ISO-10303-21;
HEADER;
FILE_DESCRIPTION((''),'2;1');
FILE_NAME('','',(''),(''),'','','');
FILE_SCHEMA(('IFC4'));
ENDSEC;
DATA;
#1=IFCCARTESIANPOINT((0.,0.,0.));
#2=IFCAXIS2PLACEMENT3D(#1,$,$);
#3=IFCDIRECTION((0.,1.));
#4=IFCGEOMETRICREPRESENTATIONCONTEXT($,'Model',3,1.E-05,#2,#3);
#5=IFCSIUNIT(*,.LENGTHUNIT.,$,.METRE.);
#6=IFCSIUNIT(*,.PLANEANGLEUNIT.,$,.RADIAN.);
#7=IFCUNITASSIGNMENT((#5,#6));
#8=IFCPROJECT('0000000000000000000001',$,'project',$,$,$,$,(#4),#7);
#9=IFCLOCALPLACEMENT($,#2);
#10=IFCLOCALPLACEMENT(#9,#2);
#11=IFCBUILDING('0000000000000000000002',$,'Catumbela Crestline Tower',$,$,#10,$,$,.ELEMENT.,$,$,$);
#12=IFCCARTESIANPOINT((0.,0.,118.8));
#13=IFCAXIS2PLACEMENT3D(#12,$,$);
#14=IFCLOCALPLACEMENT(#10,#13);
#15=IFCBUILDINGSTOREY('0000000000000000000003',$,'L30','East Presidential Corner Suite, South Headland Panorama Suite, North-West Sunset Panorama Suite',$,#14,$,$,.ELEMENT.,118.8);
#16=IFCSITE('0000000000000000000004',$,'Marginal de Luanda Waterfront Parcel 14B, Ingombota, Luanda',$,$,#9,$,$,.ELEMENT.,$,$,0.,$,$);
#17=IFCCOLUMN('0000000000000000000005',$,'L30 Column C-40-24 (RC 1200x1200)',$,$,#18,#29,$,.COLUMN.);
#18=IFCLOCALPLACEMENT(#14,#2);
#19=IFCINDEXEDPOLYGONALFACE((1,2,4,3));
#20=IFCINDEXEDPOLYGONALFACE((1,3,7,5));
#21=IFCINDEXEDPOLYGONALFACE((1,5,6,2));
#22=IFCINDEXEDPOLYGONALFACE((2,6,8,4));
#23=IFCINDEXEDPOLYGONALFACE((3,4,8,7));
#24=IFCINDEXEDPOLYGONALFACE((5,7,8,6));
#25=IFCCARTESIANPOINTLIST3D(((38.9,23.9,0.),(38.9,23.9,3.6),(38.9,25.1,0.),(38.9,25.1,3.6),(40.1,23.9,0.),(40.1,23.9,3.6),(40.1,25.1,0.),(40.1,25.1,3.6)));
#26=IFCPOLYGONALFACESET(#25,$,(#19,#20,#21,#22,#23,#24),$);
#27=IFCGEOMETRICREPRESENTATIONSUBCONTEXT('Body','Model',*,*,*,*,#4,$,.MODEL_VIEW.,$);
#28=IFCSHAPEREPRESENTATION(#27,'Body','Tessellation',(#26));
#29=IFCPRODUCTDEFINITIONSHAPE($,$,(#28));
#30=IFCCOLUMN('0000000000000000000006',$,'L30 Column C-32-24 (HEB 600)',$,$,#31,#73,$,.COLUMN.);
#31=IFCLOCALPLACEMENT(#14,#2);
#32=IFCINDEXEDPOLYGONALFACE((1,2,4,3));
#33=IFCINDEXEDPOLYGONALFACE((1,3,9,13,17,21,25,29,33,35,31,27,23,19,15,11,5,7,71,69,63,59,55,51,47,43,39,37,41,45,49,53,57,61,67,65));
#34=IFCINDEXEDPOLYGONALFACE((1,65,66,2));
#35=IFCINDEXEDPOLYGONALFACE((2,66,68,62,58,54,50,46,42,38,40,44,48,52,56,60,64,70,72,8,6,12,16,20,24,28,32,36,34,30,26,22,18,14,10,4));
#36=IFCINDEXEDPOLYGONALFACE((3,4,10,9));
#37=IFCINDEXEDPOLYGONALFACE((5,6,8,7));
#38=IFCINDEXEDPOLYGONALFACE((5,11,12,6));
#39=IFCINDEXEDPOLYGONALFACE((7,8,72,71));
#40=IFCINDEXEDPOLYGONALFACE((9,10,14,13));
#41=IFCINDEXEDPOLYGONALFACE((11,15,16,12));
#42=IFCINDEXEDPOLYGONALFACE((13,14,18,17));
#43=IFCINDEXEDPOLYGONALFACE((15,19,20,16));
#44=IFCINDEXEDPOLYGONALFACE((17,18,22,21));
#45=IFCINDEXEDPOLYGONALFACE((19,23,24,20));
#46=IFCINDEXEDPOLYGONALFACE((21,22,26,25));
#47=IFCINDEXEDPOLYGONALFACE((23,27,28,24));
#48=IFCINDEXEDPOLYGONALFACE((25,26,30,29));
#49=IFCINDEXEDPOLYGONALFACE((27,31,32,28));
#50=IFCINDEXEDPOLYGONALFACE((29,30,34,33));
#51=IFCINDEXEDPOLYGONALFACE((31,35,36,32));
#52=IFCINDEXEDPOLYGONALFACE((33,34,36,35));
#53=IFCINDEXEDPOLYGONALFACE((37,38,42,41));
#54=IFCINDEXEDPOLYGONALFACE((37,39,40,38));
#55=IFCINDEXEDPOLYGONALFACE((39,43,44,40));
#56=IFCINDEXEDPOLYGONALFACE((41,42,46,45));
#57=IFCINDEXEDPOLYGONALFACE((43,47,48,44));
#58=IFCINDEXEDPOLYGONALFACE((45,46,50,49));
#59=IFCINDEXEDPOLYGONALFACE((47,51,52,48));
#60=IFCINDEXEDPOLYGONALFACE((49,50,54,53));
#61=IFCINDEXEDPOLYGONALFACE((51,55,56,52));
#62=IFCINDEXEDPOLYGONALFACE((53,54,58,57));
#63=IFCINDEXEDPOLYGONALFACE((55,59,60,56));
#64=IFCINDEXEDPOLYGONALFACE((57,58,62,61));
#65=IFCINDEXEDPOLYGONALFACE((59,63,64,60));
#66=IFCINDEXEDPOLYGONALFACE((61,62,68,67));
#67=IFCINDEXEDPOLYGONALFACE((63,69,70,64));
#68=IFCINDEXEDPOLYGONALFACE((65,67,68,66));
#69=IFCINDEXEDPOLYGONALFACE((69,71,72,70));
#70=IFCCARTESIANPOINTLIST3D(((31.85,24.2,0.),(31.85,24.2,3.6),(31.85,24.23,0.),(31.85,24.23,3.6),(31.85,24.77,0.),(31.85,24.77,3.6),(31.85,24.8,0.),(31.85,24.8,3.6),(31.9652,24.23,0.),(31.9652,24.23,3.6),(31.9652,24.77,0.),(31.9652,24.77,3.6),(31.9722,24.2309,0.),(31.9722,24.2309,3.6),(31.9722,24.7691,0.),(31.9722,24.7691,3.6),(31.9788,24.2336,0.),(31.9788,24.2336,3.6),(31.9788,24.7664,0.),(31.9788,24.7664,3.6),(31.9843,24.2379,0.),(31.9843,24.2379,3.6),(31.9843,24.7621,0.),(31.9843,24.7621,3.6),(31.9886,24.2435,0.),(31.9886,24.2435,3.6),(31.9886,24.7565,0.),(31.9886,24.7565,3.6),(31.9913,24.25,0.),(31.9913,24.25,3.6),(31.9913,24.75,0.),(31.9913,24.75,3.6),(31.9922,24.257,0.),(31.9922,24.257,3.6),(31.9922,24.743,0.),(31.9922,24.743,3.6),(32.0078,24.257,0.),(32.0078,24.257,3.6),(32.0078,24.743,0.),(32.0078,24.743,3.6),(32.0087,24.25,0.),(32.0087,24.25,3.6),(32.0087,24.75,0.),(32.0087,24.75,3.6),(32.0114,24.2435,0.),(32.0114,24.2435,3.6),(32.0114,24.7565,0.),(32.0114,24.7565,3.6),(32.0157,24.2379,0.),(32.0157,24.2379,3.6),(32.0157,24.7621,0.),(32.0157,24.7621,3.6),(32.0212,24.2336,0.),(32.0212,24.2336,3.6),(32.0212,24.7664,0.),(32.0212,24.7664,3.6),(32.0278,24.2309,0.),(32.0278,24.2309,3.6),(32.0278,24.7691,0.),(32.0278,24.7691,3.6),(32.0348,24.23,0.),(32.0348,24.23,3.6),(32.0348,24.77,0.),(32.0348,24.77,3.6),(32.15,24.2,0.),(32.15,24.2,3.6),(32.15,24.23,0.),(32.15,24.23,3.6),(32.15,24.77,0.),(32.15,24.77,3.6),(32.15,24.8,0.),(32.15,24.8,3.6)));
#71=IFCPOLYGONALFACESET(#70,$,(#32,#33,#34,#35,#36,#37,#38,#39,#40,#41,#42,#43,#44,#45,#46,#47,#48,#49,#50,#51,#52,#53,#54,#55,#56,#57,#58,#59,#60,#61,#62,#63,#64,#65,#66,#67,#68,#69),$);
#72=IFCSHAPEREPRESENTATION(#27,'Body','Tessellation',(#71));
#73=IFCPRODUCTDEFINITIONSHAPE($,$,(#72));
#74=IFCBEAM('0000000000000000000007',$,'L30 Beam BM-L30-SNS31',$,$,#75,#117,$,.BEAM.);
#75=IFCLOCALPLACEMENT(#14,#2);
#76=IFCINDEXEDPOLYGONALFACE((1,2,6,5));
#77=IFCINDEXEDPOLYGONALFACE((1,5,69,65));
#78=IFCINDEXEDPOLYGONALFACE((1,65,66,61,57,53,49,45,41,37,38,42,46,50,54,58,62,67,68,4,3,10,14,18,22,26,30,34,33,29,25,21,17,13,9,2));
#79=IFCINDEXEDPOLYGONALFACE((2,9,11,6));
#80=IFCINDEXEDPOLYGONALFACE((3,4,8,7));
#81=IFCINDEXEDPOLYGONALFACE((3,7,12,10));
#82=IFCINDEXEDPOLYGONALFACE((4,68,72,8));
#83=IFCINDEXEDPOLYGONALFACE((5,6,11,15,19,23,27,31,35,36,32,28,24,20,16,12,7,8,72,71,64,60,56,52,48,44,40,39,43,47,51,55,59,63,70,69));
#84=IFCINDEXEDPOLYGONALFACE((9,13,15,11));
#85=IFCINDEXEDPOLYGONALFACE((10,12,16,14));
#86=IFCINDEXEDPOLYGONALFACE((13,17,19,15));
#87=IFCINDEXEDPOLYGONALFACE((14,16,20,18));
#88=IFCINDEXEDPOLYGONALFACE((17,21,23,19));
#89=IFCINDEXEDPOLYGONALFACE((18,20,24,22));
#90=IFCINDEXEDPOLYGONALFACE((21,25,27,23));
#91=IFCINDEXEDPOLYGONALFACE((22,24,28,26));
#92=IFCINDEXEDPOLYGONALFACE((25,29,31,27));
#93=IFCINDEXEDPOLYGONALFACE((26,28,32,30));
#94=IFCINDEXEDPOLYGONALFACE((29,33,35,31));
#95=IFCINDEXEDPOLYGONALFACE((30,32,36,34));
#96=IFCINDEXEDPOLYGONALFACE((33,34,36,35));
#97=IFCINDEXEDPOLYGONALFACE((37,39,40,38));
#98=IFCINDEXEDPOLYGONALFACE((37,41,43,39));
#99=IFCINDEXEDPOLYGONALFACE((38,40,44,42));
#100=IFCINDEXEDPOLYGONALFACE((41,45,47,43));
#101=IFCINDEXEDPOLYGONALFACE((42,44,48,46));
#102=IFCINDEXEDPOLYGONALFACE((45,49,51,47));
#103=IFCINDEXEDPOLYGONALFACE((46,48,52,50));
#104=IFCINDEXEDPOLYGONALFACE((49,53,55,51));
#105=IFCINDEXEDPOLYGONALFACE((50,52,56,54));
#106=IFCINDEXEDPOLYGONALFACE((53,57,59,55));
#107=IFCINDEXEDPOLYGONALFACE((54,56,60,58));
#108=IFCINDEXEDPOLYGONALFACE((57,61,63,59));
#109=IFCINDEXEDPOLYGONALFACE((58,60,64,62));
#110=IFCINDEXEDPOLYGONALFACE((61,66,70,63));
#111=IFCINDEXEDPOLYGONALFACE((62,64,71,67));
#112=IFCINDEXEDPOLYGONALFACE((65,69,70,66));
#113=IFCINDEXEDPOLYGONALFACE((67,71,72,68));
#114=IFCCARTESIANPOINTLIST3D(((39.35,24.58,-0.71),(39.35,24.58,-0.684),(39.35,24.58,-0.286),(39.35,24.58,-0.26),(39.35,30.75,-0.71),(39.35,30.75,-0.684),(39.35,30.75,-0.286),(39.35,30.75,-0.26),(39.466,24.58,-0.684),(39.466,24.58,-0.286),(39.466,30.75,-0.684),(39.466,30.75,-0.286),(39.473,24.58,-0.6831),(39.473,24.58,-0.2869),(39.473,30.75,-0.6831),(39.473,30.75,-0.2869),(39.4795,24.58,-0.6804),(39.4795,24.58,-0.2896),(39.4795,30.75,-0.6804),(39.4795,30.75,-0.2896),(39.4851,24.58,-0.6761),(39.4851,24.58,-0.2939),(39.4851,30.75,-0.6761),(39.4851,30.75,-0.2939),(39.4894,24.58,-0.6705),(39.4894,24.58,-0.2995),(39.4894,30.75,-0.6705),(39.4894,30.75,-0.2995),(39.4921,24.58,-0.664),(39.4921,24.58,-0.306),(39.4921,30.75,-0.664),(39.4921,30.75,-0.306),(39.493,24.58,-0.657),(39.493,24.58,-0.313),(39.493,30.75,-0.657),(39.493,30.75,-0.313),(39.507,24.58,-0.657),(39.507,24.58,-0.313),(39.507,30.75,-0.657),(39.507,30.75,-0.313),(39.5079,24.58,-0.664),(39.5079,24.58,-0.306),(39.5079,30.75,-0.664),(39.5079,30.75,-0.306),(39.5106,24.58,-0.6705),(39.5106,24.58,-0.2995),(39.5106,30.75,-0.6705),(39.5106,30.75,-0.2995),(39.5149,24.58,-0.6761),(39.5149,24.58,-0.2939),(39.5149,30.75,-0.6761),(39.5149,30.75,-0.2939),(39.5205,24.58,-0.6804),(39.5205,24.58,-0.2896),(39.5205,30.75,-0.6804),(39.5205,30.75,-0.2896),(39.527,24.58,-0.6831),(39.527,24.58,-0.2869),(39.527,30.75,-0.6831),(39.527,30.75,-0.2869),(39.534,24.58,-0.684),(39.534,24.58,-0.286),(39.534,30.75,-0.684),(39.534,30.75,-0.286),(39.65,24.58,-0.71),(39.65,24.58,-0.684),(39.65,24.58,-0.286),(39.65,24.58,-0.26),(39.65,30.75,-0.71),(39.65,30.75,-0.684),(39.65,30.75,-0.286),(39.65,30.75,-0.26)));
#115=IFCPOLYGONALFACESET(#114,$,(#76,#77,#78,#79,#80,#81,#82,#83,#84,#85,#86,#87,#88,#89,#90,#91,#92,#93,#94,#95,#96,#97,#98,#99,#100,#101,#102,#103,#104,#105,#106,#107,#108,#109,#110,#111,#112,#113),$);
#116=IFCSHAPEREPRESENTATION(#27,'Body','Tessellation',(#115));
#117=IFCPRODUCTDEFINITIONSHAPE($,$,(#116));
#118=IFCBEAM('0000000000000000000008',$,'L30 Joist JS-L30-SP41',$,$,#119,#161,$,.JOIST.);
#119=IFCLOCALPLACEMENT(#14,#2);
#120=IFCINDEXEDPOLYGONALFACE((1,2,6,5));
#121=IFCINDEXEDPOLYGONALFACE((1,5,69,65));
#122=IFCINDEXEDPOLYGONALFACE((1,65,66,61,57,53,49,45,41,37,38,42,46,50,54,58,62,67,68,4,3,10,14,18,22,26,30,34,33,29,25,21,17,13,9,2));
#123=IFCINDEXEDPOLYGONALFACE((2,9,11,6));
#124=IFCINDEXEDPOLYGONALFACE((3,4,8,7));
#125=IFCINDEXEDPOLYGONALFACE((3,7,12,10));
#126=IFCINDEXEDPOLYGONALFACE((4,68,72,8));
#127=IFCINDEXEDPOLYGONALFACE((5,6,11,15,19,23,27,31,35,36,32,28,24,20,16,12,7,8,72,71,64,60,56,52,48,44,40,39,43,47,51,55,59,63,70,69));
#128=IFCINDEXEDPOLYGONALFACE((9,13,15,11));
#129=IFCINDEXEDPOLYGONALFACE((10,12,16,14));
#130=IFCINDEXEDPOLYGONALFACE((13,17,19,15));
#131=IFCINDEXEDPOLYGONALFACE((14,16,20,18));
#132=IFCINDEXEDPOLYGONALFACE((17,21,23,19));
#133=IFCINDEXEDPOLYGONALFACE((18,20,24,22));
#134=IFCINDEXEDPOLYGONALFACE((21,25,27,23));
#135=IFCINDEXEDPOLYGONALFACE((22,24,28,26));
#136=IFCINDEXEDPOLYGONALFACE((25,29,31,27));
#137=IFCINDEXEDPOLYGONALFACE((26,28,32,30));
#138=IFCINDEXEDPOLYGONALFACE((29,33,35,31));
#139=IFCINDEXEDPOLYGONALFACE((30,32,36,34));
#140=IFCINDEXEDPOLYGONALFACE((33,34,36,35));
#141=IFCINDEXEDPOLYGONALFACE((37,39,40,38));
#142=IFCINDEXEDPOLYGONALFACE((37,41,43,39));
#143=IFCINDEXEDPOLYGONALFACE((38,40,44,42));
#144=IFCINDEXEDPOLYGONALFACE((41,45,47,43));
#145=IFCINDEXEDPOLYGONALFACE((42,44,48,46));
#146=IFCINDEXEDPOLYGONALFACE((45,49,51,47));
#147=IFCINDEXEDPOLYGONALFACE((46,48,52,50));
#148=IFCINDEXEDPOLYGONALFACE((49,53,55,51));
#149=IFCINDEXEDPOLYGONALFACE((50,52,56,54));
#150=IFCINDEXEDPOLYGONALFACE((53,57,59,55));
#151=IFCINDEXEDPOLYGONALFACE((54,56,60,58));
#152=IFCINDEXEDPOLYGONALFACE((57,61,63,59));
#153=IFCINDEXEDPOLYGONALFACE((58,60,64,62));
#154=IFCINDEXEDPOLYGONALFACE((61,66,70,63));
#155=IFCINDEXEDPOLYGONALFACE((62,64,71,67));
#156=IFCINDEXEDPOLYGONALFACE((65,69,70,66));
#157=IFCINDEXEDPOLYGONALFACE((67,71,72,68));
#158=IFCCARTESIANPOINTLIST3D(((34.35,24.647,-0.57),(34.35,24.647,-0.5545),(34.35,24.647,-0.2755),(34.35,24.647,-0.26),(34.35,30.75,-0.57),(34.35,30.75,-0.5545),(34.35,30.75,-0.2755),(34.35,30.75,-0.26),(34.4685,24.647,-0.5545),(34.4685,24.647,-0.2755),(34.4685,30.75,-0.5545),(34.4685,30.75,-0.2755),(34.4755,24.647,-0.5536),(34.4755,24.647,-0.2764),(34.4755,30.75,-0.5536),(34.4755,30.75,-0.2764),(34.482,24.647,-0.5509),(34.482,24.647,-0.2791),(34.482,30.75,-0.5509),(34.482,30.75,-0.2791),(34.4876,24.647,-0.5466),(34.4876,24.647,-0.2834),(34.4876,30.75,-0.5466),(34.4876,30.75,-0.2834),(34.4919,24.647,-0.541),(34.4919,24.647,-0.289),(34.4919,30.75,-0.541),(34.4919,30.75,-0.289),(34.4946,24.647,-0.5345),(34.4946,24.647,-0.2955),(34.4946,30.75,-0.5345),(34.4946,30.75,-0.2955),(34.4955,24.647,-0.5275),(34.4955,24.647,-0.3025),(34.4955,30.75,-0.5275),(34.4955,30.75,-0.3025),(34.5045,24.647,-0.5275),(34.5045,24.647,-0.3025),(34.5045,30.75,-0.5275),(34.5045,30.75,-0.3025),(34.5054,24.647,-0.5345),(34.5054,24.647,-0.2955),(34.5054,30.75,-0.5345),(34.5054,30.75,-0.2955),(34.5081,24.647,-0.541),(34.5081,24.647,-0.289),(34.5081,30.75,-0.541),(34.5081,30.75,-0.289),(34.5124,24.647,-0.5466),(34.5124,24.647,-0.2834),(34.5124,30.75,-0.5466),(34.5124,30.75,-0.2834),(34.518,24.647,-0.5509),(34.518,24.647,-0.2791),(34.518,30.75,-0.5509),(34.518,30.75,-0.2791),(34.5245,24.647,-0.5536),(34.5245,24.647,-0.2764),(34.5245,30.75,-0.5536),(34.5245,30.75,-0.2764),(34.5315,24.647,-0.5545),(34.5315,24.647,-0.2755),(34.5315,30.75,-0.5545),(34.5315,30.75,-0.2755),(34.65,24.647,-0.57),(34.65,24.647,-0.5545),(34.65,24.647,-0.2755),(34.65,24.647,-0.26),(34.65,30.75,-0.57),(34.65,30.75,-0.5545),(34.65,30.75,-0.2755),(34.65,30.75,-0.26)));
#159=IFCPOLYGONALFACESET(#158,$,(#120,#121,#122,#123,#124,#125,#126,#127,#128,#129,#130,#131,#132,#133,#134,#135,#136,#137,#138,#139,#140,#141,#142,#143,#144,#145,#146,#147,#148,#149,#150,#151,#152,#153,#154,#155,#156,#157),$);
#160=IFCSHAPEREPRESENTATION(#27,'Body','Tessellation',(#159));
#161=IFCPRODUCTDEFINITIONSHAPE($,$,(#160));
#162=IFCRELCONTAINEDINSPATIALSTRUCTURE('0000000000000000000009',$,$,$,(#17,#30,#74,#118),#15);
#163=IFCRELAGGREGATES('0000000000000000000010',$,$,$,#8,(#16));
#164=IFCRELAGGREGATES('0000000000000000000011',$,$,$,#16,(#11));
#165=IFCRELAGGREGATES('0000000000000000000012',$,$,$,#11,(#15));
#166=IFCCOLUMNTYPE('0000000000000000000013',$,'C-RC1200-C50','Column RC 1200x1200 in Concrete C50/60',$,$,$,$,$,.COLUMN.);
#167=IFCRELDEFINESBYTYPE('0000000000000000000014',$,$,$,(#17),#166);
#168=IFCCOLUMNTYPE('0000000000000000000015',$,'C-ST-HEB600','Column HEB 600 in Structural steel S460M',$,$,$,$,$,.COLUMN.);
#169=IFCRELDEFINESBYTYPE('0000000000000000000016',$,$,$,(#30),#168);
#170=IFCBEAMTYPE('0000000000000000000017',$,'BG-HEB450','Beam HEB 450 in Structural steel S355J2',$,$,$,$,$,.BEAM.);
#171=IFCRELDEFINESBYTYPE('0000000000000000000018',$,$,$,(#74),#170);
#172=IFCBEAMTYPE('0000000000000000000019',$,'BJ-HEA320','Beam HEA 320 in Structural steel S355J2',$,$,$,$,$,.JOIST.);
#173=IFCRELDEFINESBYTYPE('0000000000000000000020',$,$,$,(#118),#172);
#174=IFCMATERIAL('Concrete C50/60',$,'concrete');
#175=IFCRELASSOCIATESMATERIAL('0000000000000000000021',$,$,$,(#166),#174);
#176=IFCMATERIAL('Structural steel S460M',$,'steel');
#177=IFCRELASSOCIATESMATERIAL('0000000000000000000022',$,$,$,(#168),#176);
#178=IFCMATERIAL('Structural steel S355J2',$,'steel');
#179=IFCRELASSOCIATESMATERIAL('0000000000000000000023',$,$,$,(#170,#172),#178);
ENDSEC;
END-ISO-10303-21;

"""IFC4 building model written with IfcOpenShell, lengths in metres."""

from ifc_helpers import new_model, si_unit, direction, frame, origin, origin_2d, place, context, subcontext, project, spatial, rectangle, i_section, extrude, material, material_profile, profile_set, type_object, element, save


model = new_model("IFC4")

# Units and contexts
model_context = context("Model", 3, precision=1e-05, world=origin(), true_north=direction((0.0, 1.0)))
body_context = subcontext(model_context, "Body", "Model", "MODEL_VIEW")
ifc_project = project(units=[si_unit("LENGTHUNIT", "METRE"), si_unit("PLANEANGLEUNIT", "RADIAN")], contexts=[model_context])

# Site, building, storey
site_placement = place(None, origin())
site = spatial("IfcSite", under=ifc_project, at=site_placement, Name="Marginal de Luanda Waterfront Parcel 14B, Ingombota, Luanda", CompositionType="ELEMENT", RefElevation=0.0)
building_placement = place(site_placement, origin())
building = spatial("IfcBuilding", under=site, at=building_placement, Name="Catumbela Crestline Tower", CompositionType="ELEMENT")
storey_placement = place(building_placement, frame((0.0, 0.0, 118.8)))
storey = spatial("IfcBuildingStorey", under=building, at=storey_placement, Name="L30", Description="East Presidential Corner Suite, South Headland Panorama Suite, North-West Sunset Panorama Suite", CompositionType="ELEMENT", Elevation=118.8)

# Columns
ifc_material_1 = material(Name="Concrete C50/60", Category="concrete")
ifc_material_profile_1 = material_profile(ifc_material_1, rectangle(XDim=1.2, YDim=1.2, at=origin_2d()), Name="RC 1200x1200")
ifc_profile_set_1 = profile_set([ifc_material_profile_1], Name="Concrete C50/60")
column_type_1 = type_object("IfcColumnType", Name="C-RC1200-C50", Description="Column RC 1200x1200 in Concrete C50/60", PredefinedType="COLUMN", material=ifc_profile_set_1)
column_1_placement = place(storey_placement, frame((39.5, 24.5, 0.0), z_axis=(0.0, 0.0, 1.0), x_axis=(1.0, 0.0, 0.0)))
element("IfcColumn", 1, at=column_1_placement, inside=storey, type_object=column_type_1, Name="L30 Column C-40-24 (RC 1200x1200)", PredefinedType="COLUMN", context=body_context, shape_type="SweptSolid", body=[
    extrude(rectangle(XDim=1.2, YDim=1.2, at=origin_2d()), origin(), (0.0, 0.0, 1.0), 3.6),
])
ifc_material_2 = material(Name="Structural steel S460M", Category="steel")
ifc_material_profile_2 = material_profile(ifc_material_2, i_section(OverallWidth=0.3, OverallDepth=0.6, WebThickness=0.0155, FlangeThickness=0.03, FilletRadius=0.027, at=origin_2d()), Name="HEB 600")
ifc_profile_set_2 = profile_set([ifc_material_profile_2], Name="Structural steel S460M")
column_type_2 = type_object("IfcColumnType", Name="C-ST-HEB600", Description="Column HEB 600 in Structural steel S460M", PredefinedType="COLUMN", material=ifc_profile_set_2)
column_2_placement = place(storey_placement, frame((32.0, 24.5, 0.0), z_axis=(0.0, 0.0, 1.0), x_axis=(1.0, 0.0, 0.0)))
element("IfcColumn", 2, at=column_2_placement, inside=storey, type_object=column_type_2, Name="L30 Column C-32-24 (HEB 600)", PredefinedType="COLUMN", context=body_context, shape_type="SweptSolid", body=[
    extrude(i_section(OverallWidth=0.3, OverallDepth=0.6, WebThickness=0.0155, FlangeThickness=0.03, FilletRadius=0.027, at=origin_2d()), origin(), (0.0, 0.0, 1.0), 3.6),
])

# Beams
ifc_material_3 = material(Name="Structural steel S355J2", Category="steel")
ifc_material_profile_3 = material_profile(ifc_material_3, i_section(OverallWidth=0.3, OverallDepth=0.45, WebThickness=0.014, FlangeThickness=0.026, FilletRadius=0.027, at=origin_2d()), Name="HEB 450")
ifc_profile_set_3 = profile_set([ifc_material_profile_3], Name="Structural steel S355J2")
beam_type_1 = type_object("IfcBeamType", Name="BG-HEB450", Description="Beam HEB 450 in Structural steel S355J2", PredefinedType="BEAM", material=ifc_profile_set_3)
beam_1_placement = place(storey_placement, frame((39.5, 24.58, -0.485), z_axis=(0.0, 1.0, 0.0), x_axis=(-1.0, 0.0, 0.0)))
element("IfcBeam", 3, at=beam_1_placement, inside=storey, type_object=beam_type_1, Name="L30 Beam BM-L30-SNS31", PredefinedType="BEAM", context=body_context, shape_type="SweptSolid", body=[
    extrude(i_section(OverallWidth=0.3, OverallDepth=0.45, WebThickness=0.014, FlangeThickness=0.026, FilletRadius=0.027, at=origin_2d()), origin(), (0.0, 0.0, 1.0), 6.17),
])
ifc_material_profile_4 = material_profile(ifc_material_3, i_section(OverallWidth=0.3, OverallDepth=0.31, WebThickness=0.009, FlangeThickness=0.0155, FilletRadius=0.027, at=origin_2d()), Name="HEA 320")
ifc_profile_set_4 = profile_set([ifc_material_profile_4], Name="Structural steel S355J2")
beam_type_2 = type_object("IfcBeamType", Name="BJ-HEA320", Description="Beam HEA 320 in Structural steel S355J2", PredefinedType="JOIST", material=ifc_profile_set_4)
for number, where, z_axis, x_axis, name in (
    (4, (34.5, 24.647, -0.415), (0.0, 1.0, 0.0), (-1.0, 0.0, 0.0), "L30 Joist JS-L30-SP41"),
):
    element("IfcBeam", number, at=place(storey_placement, frame(where, z_axis=z_axis, x_axis=x_axis)), inside=storey, type_object=beam_type_2, Name=name, PredefinedType="JOIST", context=body_context, shape_type="SweptSolid", body=[
        extrude(i_section(OverallWidth=0.3, OverallDepth=0.31, WebThickness=0.009, FlangeThickness=0.0155, FilletRadius=0.027, at=origin_2d()), origin(), (0.0, 0.0, 1.0), 6.103),
    ])

save(model, "model.ifc")
